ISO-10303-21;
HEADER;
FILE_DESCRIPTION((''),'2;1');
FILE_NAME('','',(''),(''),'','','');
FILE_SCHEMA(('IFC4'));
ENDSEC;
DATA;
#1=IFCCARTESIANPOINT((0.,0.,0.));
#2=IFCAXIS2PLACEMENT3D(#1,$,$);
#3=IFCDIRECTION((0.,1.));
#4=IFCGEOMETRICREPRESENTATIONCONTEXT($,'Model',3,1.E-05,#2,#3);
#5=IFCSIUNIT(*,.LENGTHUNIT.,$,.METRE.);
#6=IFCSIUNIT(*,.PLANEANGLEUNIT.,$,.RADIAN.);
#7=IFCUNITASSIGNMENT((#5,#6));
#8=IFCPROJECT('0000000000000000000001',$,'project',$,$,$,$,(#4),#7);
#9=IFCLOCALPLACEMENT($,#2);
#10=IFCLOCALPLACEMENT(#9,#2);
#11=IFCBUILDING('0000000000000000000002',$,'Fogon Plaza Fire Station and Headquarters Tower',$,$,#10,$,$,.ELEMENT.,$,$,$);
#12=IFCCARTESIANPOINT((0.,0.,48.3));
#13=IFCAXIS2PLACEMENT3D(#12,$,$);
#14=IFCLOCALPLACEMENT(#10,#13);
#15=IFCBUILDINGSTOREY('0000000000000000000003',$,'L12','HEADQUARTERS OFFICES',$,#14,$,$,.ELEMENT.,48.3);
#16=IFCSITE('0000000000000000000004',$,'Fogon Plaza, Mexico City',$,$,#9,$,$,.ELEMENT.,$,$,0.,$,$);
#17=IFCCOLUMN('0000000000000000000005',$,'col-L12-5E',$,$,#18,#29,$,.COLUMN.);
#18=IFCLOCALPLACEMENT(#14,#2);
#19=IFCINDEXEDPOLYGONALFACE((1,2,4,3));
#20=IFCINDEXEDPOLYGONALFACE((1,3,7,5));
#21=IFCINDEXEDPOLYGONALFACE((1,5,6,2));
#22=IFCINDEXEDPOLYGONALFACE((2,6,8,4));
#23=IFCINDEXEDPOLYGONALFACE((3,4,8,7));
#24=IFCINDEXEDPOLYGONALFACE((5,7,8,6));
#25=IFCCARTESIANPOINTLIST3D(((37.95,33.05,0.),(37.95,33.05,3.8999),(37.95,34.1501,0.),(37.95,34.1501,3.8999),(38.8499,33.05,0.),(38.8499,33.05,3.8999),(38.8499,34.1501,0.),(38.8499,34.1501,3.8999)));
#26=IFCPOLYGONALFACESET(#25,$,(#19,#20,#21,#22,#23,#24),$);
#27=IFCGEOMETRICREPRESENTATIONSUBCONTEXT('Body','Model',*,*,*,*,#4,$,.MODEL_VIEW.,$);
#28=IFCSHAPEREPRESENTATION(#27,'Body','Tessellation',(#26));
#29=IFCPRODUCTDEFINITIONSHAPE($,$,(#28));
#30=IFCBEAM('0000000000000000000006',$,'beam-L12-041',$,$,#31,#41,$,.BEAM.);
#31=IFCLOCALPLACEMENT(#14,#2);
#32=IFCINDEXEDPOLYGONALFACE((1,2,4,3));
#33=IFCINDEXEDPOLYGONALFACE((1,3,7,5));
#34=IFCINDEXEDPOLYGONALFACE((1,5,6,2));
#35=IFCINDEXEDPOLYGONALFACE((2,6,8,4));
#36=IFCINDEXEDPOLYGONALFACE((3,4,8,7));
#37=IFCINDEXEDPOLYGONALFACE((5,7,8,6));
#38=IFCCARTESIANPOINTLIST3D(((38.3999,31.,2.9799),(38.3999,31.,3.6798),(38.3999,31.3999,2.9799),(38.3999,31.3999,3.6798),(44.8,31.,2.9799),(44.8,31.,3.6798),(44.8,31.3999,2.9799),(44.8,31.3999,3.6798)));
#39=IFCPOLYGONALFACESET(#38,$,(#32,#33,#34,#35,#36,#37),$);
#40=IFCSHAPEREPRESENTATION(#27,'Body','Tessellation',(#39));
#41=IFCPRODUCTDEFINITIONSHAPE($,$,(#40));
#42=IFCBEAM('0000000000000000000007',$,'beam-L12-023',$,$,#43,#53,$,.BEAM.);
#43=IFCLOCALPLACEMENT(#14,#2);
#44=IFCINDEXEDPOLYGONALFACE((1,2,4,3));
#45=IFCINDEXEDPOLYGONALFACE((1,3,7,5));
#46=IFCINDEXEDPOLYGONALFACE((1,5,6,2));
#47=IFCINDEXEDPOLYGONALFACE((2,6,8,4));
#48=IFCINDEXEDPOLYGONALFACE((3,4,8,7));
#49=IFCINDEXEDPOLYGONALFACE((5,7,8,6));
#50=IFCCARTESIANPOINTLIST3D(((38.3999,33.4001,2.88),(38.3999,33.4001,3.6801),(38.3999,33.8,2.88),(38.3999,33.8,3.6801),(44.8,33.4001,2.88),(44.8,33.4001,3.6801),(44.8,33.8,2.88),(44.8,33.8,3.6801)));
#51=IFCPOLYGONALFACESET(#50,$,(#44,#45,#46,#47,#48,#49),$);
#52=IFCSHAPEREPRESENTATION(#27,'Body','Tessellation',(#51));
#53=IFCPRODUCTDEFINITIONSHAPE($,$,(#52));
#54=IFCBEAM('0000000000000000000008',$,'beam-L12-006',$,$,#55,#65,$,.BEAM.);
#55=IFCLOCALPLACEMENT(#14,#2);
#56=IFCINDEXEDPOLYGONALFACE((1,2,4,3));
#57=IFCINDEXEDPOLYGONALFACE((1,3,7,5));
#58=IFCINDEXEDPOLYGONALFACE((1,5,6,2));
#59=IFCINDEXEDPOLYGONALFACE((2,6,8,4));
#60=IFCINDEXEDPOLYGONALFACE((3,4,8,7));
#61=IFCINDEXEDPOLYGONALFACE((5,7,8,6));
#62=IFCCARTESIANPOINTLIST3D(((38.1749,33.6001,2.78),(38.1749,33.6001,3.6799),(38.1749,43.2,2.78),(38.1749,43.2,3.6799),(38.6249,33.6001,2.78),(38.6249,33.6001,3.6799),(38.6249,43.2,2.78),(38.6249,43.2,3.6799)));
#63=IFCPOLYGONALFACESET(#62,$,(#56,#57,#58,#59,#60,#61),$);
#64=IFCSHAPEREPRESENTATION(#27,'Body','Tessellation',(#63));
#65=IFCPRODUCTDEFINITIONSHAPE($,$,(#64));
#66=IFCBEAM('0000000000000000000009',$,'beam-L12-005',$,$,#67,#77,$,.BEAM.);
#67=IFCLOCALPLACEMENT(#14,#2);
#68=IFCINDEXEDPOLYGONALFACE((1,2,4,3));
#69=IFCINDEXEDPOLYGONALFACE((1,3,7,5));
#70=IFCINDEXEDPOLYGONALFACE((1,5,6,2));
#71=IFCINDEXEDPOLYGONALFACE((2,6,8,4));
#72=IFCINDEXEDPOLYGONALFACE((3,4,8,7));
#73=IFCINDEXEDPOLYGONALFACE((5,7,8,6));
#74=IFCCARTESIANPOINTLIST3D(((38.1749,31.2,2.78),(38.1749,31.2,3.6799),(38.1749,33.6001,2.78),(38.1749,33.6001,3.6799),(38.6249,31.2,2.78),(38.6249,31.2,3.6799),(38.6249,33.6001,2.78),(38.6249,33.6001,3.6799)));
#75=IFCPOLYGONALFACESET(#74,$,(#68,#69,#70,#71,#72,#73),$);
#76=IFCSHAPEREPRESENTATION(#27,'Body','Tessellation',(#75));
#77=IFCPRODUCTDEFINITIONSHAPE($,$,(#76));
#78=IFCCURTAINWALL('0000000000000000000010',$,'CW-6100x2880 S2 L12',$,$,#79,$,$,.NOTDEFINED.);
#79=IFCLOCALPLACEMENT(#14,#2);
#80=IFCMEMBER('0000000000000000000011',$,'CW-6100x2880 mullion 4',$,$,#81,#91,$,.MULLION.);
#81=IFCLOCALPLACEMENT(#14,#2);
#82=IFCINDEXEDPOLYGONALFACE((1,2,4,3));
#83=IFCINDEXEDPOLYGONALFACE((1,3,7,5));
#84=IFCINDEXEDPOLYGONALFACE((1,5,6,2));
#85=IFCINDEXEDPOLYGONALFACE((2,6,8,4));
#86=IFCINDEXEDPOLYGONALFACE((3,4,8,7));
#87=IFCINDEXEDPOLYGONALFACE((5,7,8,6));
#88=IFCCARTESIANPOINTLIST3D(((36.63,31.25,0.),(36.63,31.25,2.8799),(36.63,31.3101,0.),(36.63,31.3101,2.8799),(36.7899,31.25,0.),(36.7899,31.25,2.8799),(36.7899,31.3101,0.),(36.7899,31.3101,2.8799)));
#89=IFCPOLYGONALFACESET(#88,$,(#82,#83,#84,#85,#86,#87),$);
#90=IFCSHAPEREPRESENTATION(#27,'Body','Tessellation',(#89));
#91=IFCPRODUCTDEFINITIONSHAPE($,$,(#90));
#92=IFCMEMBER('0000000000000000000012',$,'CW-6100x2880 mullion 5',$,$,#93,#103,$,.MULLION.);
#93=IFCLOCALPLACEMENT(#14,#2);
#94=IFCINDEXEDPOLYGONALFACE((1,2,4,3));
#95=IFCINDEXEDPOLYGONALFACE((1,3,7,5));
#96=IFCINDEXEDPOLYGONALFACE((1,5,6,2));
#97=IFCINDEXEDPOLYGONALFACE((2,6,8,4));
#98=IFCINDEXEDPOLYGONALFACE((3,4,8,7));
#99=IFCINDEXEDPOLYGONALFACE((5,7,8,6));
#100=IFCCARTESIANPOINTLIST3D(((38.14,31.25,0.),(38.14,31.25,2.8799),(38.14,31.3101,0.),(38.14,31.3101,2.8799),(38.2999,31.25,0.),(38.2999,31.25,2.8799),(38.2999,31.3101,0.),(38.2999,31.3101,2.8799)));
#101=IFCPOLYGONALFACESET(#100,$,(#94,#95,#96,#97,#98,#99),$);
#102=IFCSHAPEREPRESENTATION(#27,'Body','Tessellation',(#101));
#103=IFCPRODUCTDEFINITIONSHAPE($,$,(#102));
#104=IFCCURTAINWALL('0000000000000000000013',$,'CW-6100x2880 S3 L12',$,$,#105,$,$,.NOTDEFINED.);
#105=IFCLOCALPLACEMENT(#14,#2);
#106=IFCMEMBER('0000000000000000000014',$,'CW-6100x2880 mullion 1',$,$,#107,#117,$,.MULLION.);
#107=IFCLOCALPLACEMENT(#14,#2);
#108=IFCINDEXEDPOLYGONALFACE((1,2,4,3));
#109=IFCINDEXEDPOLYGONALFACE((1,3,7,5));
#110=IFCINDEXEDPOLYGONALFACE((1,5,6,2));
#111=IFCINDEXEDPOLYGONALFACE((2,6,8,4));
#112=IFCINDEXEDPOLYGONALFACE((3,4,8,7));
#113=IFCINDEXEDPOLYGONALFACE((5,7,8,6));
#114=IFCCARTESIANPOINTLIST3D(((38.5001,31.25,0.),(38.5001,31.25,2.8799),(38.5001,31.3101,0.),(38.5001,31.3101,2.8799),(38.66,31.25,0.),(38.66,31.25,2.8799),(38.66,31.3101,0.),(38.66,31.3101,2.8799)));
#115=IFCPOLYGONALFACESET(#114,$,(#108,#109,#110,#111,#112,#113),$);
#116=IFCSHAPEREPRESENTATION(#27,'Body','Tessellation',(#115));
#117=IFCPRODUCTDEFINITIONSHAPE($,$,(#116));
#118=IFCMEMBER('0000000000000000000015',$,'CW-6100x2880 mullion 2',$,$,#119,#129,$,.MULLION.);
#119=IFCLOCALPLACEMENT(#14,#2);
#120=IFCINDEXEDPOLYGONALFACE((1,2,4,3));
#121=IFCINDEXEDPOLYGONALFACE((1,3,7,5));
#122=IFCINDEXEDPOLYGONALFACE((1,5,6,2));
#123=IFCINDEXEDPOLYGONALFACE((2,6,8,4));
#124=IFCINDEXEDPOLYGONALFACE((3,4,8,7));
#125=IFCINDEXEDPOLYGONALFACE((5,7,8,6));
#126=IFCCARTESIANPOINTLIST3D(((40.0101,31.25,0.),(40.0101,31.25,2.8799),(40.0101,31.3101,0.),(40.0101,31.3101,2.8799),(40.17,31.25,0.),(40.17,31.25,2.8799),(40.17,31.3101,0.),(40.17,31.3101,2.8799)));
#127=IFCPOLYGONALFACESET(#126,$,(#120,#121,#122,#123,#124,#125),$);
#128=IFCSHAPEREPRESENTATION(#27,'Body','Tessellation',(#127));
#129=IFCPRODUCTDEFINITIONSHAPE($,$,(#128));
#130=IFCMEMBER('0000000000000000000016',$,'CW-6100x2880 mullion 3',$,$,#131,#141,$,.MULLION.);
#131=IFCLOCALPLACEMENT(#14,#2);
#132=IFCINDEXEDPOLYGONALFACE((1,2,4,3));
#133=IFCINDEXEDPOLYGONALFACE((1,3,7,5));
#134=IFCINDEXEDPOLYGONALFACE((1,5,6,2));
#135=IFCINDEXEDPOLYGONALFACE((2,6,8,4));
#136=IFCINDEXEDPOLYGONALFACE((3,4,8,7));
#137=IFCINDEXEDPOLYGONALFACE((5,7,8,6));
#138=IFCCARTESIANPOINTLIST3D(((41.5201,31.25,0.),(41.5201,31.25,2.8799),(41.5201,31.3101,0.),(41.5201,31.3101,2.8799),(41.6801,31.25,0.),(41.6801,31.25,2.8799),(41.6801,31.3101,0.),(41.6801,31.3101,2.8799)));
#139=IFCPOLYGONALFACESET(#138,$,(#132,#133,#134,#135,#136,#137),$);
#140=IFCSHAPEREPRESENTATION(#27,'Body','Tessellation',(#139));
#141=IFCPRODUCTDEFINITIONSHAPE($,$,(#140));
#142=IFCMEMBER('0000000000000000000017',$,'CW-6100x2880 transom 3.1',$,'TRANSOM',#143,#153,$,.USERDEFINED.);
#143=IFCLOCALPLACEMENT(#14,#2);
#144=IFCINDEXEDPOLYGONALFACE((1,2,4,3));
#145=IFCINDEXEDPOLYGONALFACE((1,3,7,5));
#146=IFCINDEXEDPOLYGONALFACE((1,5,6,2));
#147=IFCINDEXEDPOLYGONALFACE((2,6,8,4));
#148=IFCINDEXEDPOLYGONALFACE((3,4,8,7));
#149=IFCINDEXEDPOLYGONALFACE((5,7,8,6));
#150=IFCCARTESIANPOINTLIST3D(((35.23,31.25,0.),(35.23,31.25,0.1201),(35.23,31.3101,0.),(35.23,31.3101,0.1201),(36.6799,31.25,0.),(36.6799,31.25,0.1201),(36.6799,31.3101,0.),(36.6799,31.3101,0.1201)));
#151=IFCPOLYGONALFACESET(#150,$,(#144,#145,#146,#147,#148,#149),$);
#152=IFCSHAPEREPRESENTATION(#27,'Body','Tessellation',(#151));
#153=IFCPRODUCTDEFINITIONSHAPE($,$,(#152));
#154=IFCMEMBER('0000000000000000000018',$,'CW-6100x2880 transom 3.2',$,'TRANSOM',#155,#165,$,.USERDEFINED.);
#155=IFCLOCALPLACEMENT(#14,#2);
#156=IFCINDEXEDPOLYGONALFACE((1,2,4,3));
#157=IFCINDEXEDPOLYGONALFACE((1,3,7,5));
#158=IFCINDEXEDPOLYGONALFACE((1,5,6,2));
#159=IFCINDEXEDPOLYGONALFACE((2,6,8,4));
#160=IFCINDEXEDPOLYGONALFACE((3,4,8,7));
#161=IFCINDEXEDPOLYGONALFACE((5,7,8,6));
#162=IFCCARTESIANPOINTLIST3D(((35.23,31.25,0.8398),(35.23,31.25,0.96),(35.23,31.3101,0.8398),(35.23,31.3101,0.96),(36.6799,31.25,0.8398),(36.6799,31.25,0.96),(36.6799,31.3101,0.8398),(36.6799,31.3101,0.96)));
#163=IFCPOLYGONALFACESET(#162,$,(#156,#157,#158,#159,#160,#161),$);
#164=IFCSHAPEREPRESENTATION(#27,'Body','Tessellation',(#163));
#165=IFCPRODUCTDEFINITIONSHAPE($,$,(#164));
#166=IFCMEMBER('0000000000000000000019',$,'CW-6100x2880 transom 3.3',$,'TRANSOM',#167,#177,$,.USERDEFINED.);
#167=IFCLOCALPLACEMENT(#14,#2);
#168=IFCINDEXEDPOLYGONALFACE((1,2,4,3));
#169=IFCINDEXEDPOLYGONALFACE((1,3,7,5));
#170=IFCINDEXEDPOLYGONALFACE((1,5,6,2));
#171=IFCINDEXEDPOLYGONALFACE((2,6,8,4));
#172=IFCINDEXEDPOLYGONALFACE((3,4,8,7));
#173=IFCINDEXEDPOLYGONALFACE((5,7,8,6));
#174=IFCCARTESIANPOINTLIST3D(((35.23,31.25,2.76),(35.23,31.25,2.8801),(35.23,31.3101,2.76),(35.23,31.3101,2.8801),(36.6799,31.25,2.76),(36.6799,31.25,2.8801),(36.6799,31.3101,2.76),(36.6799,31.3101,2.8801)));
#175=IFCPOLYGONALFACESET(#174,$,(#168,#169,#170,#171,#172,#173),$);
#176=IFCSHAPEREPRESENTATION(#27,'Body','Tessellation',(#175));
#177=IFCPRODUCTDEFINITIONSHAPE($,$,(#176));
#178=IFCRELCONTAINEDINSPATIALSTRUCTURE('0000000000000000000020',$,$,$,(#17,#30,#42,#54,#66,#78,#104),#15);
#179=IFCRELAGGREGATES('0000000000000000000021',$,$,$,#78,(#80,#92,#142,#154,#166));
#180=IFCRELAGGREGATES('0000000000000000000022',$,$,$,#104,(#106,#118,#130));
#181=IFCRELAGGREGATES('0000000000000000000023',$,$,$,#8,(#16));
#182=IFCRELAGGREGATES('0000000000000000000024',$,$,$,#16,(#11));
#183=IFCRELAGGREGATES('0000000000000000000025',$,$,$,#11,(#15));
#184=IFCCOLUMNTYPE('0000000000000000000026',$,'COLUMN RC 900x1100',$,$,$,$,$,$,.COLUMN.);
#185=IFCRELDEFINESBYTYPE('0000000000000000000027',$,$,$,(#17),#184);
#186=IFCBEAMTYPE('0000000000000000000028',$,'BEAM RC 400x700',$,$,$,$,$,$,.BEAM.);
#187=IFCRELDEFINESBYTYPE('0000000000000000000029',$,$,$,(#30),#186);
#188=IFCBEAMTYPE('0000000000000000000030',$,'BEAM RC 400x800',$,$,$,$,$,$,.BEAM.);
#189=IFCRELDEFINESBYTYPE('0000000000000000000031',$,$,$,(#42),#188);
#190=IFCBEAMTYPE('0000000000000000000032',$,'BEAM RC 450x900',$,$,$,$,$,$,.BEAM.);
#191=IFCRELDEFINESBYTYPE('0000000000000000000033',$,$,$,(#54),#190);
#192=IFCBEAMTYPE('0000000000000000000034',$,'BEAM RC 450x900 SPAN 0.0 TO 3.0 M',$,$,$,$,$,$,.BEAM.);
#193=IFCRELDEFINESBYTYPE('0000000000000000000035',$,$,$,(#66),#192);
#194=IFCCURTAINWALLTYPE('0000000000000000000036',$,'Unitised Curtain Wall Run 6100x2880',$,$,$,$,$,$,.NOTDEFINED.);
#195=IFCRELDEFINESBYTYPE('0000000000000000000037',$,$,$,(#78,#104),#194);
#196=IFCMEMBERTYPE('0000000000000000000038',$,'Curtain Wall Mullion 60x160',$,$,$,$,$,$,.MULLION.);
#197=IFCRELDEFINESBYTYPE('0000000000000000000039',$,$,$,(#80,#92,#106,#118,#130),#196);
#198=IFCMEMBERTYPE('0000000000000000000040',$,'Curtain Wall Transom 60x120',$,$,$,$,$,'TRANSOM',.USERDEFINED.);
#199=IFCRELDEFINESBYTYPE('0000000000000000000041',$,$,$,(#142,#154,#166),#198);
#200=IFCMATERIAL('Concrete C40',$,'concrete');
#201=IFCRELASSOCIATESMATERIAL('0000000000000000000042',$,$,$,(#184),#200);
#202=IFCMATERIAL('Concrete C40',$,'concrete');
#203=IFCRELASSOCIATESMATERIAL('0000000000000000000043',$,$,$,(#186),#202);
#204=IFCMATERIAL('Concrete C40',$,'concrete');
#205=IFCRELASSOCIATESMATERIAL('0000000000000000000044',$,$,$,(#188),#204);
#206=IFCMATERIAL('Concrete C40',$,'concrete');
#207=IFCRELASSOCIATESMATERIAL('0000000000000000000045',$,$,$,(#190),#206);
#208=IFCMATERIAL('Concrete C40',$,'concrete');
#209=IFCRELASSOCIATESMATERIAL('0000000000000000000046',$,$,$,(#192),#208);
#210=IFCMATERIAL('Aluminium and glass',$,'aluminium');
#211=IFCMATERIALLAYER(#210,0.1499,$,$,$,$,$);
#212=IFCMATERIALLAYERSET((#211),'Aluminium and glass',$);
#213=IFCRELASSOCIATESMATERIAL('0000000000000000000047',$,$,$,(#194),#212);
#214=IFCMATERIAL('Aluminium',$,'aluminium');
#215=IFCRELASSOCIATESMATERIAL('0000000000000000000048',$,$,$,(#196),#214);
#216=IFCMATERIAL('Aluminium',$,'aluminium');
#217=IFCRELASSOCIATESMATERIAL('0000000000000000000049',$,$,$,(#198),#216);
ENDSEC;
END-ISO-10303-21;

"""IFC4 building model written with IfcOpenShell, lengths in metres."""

from ifc_helpers import new_model, si_unit, direction, frame, origin, origin_2d, place, context, subcontext, project, spatial, rectangle, extrude, material, layer, layer_set, material_profile, profile_set, type_object, element, aggregate, save


model = new_model("IFC4")

# Units and contexts
model_context = context("Model", 3, precision=1e-05, world=origin(), true_north=direction((0.0, 1.0)))
body_context = subcontext(model_context, "Body", "Model", "MODEL_VIEW")
ifc_project = project(units=[si_unit("LENGTHUNIT", "METRE"), si_unit("PLANEANGLEUNIT", "RADIAN")], contexts=[model_context])

# Site, building, storey
site_placement = place(None, origin())
site = spatial("IfcSite", under=ifc_project, at=site_placement, Name="Fogon Plaza, Mexico City", CompositionType="ELEMENT", RefElevation=0.0)
building_placement = place(site_placement, origin())
building = spatial("IfcBuilding", under=site, at=building_placement, Name="Fogon Plaza Fire Station and Headquarters Tower", CompositionType="ELEMENT")
storey_placement = place(building_placement, frame((0.0, 0.0, 48.3)))
storey = spatial("IfcBuildingStorey", under=building, at=storey_placement, Name="L12", Description="HEADQUARTERS OFFICES", CompositionType="ELEMENT", Elevation=48.3)

# Column
ifc_material_1 = material(Name="Concrete C40", Category="concrete")
ifc_material_profile_1 = material_profile(ifc_material_1, rectangle(XDim=0.8999, YDim=1.1001, at=origin_2d()), Name="RC 900x1100")
ifc_profile_set_1 = profile_set([ifc_material_profile_1], Name="Concrete C40")
column_type = type_object("IfcColumnType", Name="COLUMN RC 900x1100", PredefinedType="COLUMN", material=ifc_profile_set_1)
column_placement = place(storey_placement, frame((38.3999, 33.6001, 0.0), z_axis=(0.0, 0.0, 1.0), x_axis=(1.0, 0.0, 0.0)))
element("IfcColumn", 1, at=column_placement, inside=storey, type_object=column_type, Name="col-L12-5E", PredefinedType="COLUMN", context=body_context, shape_type="SweptSolid", body=[
    extrude(rectangle(XDim=0.8999, YDim=1.1001, at=origin_2d()), origin(), (0.0, 0.0, 1.0), 3.8999),
])

# Beams
ifc_material_2 = material(Name="Concrete C40", Category="concrete")
ifc_material_profile_2 = material_profile(ifc_material_2, rectangle(XDim=0.3999, YDim=0.7, at=origin_2d()), Name="RC 400x700")
ifc_profile_set_2 = profile_set([ifc_material_profile_2], Name="Concrete C40")
beam_type_1 = type_object("IfcBeamType", Name="BEAM RC 400x700", PredefinedType="BEAM", material=ifc_profile_set_2)
beam_1_placement = place(storey_placement, frame((38.3999, 31.2, 3.3298), z_axis=(1.0, 0.0, 0.0), x_axis=(0.0, 1.0, 0.0)))
element("IfcBeam", 2, at=beam_1_placement, inside=storey, type_object=beam_type_1, Name="beam-L12-041", PredefinedType="BEAM", context=body_context, shape_type="SweptSolid", body=[
    extrude(rectangle(XDim=0.3999, YDim=0.7, at=origin_2d()), origin(), (0.0, 0.0, 1.0), 6.4001),
])
ifc_material_3 = material(Name="Concrete C40", Category="concrete")
ifc_material_profile_3 = material_profile(ifc_material_3, rectangle(XDim=0.3999, YDim=0.8, at=origin_2d()), Name="RC 400x800")
ifc_profile_set_3 = profile_set([ifc_material_profile_3], Name="Concrete C40")
beam_type_2 = type_object("IfcBeamType", Name="BEAM RC 400x800", PredefinedType="BEAM", material=ifc_profile_set_3)
beam_2_placement = place(storey_placement, frame((38.3999, 33.6001, 3.28), z_axis=(1.0, 0.0, 0.0), x_axis=(0.0, 1.0, 0.0)))
element("IfcBeam", 3, at=beam_2_placement, inside=storey, type_object=beam_type_2, Name="beam-L12-023", PredefinedType="BEAM", context=body_context, shape_type="SweptSolid", body=[
    extrude(rectangle(XDim=0.3999, YDim=0.8, at=origin_2d()), origin(), (0.0, 0.0, 1.0), 6.4001),
])
ifc_material_4 = material(Name="Concrete C40", Category="concrete")
ifc_material_profile_4 = material_profile(ifc_material_4, rectangle(XDim=0.45, YDim=0.8999, at=origin_2d()), Name="RC 450x900")
ifc_profile_set_4 = profile_set([ifc_material_profile_4], Name="Concrete C40")
beam_type_3 = type_object("IfcBeamType", Name="BEAM RC 450x900", PredefinedType="BEAM", material=ifc_profile_set_4)
beam_3_placement = place(storey_placement, frame((38.3999, 33.6001, 3.23), z_axis=(0.0, 1.0, 0.0), x_axis=(-1.0, 0.0, 0.0)))
element("IfcBeam", 4, at=beam_3_placement, inside=storey, type_object=beam_type_3, Name="beam-L12-006", PredefinedType="BEAM", context=body_context, shape_type="SweptSolid", body=[
    extrude(rectangle(XDim=0.45, YDim=0.8999, at=origin_2d()), origin(), (0.0, 0.0, 1.0), 9.5999),
])
ifc_material_5 = material(Name="Concrete C40", Category="concrete")
ifc_material_profile_5 = material_profile(ifc_material_5, rectangle(XDim=0.45, YDim=0.8999, at=origin_2d()), Name="RC 450x900")
ifc_profile_set_5 = profile_set([ifc_material_profile_5], Name="Concrete C40")
beam_type_4 = type_object("IfcBeamType", Name="BEAM RC 450x900 SPAN 0.0 TO 3.0 M", PredefinedType="BEAM", material=ifc_profile_set_5)
beam_4_placement = place(storey_placement, frame((38.3999, 31.2, 3.23), z_axis=(0.0, 1.0, 0.0), x_axis=(-1.0, 0.0, 0.0)))
element("IfcBeam", 5, at=beam_4_placement, inside=storey, type_object=beam_type_4, Name="beam-L12-005", PredefinedType="BEAM", context=body_context, shape_type="SweptSolid", body=[
    extrude(rectangle(XDim=0.45, YDim=0.8999, at=origin_2d()), origin(), (0.0, 0.0, 1.0), 2.4001),
])

# Curtain walls, members
ifc_material_6 = material(Name="Aluminium and glass", Category="aluminium")
ifc_layer_1 = layer(ifc_material_6, 0.1499)
ifc_layer_set_1 = layer_set([ifc_layer_1], Name="Aluminium and glass")
curtain_wall_type = type_object("IfcCurtainWallType", Name="Unitised Curtain Wall Run 6100x2880", PredefinedType="NOTDEFINED", material=ifc_layer_set_1)
curtain_wall_1_placement = place(storey_placement, origin())
curtain_wall_1 = element("IfcCurtainWall", 6, at=curtain_wall_1_placement, inside=storey, type_object=curtain_wall_type, Name="CW-6100x2880 S2 L12", PredefinedType="NOTDEFINED")
ifc_material_7 = material(Name="Aluminium", Category="aluminium")
ifc_material_profile_6 = material_profile(ifc_material_7, rectangle(XDim=0.0601, YDim=0.1599, at=origin_2d()), Name="Curtain Wall Mullion 60x160")
ifc_profile_set_6 = profile_set([ifc_material_profile_6], Name="Aluminium")
member_type_1 = type_object("IfcMemberType", Name="Curtain Wall Mullion 60x160", PredefinedType="MULLION", material=ifc_profile_set_6)
member_1_placement = place(storey_placement, frame((36.71, 31.28, 0.0), z_axis=(0.0, 0.0, 1.0), x_axis=(0.0, 1.0, 0.0)))
member_1 = element("IfcMember", 7, at=member_1_placement, type_object=member_type_1, Name="CW-6100x2880 mullion 4", PredefinedType="MULLION", context=body_context, shape_type="SweptSolid", body=[
    extrude(rectangle(XDim=0.0601, YDim=0.1599, at=origin_2d()), origin(), (0.0, 0.0, 1.0), 2.8799),
])
member_2_placement = place(storey_placement, frame((38.22, 31.28, 0.0), z_axis=(0.0, 0.0, 1.0), x_axis=(0.0, 1.0, 0.0)))
member_2 = element("IfcMember", 8, at=member_2_placement, type_object=member_type_1, Name="CW-6100x2880 mullion 5", PredefinedType="MULLION", context=body_context, shape_type="SweptSolid", body=[
    extrude(rectangle(XDim=0.0601, YDim=0.1599, at=origin_2d()), origin(), (0.0, 0.0, 1.0), 2.8799),
])
curtain_wall_2_placement = place(storey_placement, origin())
curtain_wall_2 = element("IfcCurtainWall", 9, at=curtain_wall_2_placement, inside=storey, type_object=curtain_wall_type, Name="CW-6100x2880 S3 L12", PredefinedType="NOTDEFINED")
member_3_placement = place(storey_placement, frame((38.5801, 31.28, 0.0), z_axis=(0.0, 0.0, 1.0), x_axis=(0.0, 1.0, 0.0)))
member_3 = element("IfcMember", 10, at=member_3_placement, type_object=member_type_1, Name="CW-6100x2880 mullion 1", PredefinedType="MULLION", context=body_context, shape_type="SweptSolid", body=[
    extrude(rectangle(XDim=0.0601, YDim=0.1599, at=origin_2d()), origin(), (0.0, 0.0, 1.0), 2.8799),
])
member_4_placement = place(storey_placement, frame((40.0901, 31.28, 0.0), z_axis=(0.0, 0.0, 1.0), x_axis=(0.0, 1.0, 0.0)))
member_4 = element("IfcMember", 11, at=member_4_placement, type_object=member_type_1, Name="CW-6100x2880 mullion 2", PredefinedType="MULLION", context=body_context, shape_type="SweptSolid", body=[
    extrude(rectangle(XDim=0.0601, YDim=0.1599, at=origin_2d()), origin(), (0.0, 0.0, 1.0), 2.8799),
])
member_5_placement = place(storey_placement, frame((41.6001, 31.28, 0.0), z_axis=(0.0, 0.0, 1.0), x_axis=(0.0, 1.0, 0.0)))
member_5 = element("IfcMember", 12, at=member_5_placement, type_object=member_type_1, Name="CW-6100x2880 mullion 3", PredefinedType="MULLION", context=body_context, shape_type="SweptSolid", body=[
    extrude(rectangle(XDim=0.0601, YDim=0.1599, at=origin_2d()), origin(), (0.0, 0.0, 1.0), 2.8799),
])

# Members
ifc_material_8 = material(Name="Aluminium", Category="aluminium")
ifc_material_profile_7 = material_profile(ifc_material_8, rectangle(XDim=0.0601, YDim=0.1201, at=origin_2d()), Name="Curtain Wall Transom 60x120")
ifc_profile_set_7 = profile_set([ifc_material_profile_7], Name="Aluminium")
member_type_2 = type_object("IfcMemberType", Name="Curtain Wall Transom 60x120", ElementType="TRANSOM", PredefinedType="USERDEFINED", material=ifc_profile_set_7)
member_6_placement = place(storey_placement, frame((35.23, 31.28, 0.0601), z_axis=(1.0, 0.0, 0.0), x_axis=(0.0, 1.0, 0.0)))
member_6 = element("IfcMember", 13, at=member_6_placement, type_object=member_type_2, Name="CW-6100x2880 transom 3.1", ObjectType="TRANSOM", PredefinedType="USERDEFINED", context=body_context, shape_type="SweptSolid", body=[
    extrude(rectangle(XDim=0.0601, YDim=0.1201, at=origin_2d()), origin(), (0.0, 0.0, 1.0), 1.45),
])
member_7_placement = place(storey_placement, frame((35.23, 31.28, 0.8999), z_axis=(1.0, 0.0, 0.0), x_axis=(0.0, 1.0, 0.0)))
member_7 = element("IfcMember", 14, at=member_7_placement, type_object=member_type_2, Name="CW-6100x2880 transom 3.2", ObjectType="TRANSOM", PredefinedType="USERDEFINED", context=body_context, shape_type="SweptSolid", body=[
    extrude(rectangle(XDim=0.0601, YDim=0.1201, at=origin_2d()), origin(), (0.0, 0.0, 1.0), 1.45),
])
member_8_placement = place(storey_placement, frame((35.23, 31.28, 2.8201), z_axis=(1.0, 0.0, 0.0), x_axis=(0.0, 1.0, 0.0)))
member_8 = element("IfcMember", 15, at=member_8_placement, type_object=member_type_2, Name="CW-6100x2880 transom 3.3", ObjectType="TRANSOM", PredefinedType="USERDEFINED", context=body_context, shape_type="SweptSolid", body=[
    extrude(rectangle(XDim=0.0601, YDim=0.1201, at=origin_2d()), origin(), (0.0, 0.0, 1.0), 1.45),
])

aggregate(curtain_wall_1, [member_1, member_2, member_6, member_7, member_8])
aggregate(curtain_wall_2, [member_3, member_4, member_5])

save(model, "model.ifc")
